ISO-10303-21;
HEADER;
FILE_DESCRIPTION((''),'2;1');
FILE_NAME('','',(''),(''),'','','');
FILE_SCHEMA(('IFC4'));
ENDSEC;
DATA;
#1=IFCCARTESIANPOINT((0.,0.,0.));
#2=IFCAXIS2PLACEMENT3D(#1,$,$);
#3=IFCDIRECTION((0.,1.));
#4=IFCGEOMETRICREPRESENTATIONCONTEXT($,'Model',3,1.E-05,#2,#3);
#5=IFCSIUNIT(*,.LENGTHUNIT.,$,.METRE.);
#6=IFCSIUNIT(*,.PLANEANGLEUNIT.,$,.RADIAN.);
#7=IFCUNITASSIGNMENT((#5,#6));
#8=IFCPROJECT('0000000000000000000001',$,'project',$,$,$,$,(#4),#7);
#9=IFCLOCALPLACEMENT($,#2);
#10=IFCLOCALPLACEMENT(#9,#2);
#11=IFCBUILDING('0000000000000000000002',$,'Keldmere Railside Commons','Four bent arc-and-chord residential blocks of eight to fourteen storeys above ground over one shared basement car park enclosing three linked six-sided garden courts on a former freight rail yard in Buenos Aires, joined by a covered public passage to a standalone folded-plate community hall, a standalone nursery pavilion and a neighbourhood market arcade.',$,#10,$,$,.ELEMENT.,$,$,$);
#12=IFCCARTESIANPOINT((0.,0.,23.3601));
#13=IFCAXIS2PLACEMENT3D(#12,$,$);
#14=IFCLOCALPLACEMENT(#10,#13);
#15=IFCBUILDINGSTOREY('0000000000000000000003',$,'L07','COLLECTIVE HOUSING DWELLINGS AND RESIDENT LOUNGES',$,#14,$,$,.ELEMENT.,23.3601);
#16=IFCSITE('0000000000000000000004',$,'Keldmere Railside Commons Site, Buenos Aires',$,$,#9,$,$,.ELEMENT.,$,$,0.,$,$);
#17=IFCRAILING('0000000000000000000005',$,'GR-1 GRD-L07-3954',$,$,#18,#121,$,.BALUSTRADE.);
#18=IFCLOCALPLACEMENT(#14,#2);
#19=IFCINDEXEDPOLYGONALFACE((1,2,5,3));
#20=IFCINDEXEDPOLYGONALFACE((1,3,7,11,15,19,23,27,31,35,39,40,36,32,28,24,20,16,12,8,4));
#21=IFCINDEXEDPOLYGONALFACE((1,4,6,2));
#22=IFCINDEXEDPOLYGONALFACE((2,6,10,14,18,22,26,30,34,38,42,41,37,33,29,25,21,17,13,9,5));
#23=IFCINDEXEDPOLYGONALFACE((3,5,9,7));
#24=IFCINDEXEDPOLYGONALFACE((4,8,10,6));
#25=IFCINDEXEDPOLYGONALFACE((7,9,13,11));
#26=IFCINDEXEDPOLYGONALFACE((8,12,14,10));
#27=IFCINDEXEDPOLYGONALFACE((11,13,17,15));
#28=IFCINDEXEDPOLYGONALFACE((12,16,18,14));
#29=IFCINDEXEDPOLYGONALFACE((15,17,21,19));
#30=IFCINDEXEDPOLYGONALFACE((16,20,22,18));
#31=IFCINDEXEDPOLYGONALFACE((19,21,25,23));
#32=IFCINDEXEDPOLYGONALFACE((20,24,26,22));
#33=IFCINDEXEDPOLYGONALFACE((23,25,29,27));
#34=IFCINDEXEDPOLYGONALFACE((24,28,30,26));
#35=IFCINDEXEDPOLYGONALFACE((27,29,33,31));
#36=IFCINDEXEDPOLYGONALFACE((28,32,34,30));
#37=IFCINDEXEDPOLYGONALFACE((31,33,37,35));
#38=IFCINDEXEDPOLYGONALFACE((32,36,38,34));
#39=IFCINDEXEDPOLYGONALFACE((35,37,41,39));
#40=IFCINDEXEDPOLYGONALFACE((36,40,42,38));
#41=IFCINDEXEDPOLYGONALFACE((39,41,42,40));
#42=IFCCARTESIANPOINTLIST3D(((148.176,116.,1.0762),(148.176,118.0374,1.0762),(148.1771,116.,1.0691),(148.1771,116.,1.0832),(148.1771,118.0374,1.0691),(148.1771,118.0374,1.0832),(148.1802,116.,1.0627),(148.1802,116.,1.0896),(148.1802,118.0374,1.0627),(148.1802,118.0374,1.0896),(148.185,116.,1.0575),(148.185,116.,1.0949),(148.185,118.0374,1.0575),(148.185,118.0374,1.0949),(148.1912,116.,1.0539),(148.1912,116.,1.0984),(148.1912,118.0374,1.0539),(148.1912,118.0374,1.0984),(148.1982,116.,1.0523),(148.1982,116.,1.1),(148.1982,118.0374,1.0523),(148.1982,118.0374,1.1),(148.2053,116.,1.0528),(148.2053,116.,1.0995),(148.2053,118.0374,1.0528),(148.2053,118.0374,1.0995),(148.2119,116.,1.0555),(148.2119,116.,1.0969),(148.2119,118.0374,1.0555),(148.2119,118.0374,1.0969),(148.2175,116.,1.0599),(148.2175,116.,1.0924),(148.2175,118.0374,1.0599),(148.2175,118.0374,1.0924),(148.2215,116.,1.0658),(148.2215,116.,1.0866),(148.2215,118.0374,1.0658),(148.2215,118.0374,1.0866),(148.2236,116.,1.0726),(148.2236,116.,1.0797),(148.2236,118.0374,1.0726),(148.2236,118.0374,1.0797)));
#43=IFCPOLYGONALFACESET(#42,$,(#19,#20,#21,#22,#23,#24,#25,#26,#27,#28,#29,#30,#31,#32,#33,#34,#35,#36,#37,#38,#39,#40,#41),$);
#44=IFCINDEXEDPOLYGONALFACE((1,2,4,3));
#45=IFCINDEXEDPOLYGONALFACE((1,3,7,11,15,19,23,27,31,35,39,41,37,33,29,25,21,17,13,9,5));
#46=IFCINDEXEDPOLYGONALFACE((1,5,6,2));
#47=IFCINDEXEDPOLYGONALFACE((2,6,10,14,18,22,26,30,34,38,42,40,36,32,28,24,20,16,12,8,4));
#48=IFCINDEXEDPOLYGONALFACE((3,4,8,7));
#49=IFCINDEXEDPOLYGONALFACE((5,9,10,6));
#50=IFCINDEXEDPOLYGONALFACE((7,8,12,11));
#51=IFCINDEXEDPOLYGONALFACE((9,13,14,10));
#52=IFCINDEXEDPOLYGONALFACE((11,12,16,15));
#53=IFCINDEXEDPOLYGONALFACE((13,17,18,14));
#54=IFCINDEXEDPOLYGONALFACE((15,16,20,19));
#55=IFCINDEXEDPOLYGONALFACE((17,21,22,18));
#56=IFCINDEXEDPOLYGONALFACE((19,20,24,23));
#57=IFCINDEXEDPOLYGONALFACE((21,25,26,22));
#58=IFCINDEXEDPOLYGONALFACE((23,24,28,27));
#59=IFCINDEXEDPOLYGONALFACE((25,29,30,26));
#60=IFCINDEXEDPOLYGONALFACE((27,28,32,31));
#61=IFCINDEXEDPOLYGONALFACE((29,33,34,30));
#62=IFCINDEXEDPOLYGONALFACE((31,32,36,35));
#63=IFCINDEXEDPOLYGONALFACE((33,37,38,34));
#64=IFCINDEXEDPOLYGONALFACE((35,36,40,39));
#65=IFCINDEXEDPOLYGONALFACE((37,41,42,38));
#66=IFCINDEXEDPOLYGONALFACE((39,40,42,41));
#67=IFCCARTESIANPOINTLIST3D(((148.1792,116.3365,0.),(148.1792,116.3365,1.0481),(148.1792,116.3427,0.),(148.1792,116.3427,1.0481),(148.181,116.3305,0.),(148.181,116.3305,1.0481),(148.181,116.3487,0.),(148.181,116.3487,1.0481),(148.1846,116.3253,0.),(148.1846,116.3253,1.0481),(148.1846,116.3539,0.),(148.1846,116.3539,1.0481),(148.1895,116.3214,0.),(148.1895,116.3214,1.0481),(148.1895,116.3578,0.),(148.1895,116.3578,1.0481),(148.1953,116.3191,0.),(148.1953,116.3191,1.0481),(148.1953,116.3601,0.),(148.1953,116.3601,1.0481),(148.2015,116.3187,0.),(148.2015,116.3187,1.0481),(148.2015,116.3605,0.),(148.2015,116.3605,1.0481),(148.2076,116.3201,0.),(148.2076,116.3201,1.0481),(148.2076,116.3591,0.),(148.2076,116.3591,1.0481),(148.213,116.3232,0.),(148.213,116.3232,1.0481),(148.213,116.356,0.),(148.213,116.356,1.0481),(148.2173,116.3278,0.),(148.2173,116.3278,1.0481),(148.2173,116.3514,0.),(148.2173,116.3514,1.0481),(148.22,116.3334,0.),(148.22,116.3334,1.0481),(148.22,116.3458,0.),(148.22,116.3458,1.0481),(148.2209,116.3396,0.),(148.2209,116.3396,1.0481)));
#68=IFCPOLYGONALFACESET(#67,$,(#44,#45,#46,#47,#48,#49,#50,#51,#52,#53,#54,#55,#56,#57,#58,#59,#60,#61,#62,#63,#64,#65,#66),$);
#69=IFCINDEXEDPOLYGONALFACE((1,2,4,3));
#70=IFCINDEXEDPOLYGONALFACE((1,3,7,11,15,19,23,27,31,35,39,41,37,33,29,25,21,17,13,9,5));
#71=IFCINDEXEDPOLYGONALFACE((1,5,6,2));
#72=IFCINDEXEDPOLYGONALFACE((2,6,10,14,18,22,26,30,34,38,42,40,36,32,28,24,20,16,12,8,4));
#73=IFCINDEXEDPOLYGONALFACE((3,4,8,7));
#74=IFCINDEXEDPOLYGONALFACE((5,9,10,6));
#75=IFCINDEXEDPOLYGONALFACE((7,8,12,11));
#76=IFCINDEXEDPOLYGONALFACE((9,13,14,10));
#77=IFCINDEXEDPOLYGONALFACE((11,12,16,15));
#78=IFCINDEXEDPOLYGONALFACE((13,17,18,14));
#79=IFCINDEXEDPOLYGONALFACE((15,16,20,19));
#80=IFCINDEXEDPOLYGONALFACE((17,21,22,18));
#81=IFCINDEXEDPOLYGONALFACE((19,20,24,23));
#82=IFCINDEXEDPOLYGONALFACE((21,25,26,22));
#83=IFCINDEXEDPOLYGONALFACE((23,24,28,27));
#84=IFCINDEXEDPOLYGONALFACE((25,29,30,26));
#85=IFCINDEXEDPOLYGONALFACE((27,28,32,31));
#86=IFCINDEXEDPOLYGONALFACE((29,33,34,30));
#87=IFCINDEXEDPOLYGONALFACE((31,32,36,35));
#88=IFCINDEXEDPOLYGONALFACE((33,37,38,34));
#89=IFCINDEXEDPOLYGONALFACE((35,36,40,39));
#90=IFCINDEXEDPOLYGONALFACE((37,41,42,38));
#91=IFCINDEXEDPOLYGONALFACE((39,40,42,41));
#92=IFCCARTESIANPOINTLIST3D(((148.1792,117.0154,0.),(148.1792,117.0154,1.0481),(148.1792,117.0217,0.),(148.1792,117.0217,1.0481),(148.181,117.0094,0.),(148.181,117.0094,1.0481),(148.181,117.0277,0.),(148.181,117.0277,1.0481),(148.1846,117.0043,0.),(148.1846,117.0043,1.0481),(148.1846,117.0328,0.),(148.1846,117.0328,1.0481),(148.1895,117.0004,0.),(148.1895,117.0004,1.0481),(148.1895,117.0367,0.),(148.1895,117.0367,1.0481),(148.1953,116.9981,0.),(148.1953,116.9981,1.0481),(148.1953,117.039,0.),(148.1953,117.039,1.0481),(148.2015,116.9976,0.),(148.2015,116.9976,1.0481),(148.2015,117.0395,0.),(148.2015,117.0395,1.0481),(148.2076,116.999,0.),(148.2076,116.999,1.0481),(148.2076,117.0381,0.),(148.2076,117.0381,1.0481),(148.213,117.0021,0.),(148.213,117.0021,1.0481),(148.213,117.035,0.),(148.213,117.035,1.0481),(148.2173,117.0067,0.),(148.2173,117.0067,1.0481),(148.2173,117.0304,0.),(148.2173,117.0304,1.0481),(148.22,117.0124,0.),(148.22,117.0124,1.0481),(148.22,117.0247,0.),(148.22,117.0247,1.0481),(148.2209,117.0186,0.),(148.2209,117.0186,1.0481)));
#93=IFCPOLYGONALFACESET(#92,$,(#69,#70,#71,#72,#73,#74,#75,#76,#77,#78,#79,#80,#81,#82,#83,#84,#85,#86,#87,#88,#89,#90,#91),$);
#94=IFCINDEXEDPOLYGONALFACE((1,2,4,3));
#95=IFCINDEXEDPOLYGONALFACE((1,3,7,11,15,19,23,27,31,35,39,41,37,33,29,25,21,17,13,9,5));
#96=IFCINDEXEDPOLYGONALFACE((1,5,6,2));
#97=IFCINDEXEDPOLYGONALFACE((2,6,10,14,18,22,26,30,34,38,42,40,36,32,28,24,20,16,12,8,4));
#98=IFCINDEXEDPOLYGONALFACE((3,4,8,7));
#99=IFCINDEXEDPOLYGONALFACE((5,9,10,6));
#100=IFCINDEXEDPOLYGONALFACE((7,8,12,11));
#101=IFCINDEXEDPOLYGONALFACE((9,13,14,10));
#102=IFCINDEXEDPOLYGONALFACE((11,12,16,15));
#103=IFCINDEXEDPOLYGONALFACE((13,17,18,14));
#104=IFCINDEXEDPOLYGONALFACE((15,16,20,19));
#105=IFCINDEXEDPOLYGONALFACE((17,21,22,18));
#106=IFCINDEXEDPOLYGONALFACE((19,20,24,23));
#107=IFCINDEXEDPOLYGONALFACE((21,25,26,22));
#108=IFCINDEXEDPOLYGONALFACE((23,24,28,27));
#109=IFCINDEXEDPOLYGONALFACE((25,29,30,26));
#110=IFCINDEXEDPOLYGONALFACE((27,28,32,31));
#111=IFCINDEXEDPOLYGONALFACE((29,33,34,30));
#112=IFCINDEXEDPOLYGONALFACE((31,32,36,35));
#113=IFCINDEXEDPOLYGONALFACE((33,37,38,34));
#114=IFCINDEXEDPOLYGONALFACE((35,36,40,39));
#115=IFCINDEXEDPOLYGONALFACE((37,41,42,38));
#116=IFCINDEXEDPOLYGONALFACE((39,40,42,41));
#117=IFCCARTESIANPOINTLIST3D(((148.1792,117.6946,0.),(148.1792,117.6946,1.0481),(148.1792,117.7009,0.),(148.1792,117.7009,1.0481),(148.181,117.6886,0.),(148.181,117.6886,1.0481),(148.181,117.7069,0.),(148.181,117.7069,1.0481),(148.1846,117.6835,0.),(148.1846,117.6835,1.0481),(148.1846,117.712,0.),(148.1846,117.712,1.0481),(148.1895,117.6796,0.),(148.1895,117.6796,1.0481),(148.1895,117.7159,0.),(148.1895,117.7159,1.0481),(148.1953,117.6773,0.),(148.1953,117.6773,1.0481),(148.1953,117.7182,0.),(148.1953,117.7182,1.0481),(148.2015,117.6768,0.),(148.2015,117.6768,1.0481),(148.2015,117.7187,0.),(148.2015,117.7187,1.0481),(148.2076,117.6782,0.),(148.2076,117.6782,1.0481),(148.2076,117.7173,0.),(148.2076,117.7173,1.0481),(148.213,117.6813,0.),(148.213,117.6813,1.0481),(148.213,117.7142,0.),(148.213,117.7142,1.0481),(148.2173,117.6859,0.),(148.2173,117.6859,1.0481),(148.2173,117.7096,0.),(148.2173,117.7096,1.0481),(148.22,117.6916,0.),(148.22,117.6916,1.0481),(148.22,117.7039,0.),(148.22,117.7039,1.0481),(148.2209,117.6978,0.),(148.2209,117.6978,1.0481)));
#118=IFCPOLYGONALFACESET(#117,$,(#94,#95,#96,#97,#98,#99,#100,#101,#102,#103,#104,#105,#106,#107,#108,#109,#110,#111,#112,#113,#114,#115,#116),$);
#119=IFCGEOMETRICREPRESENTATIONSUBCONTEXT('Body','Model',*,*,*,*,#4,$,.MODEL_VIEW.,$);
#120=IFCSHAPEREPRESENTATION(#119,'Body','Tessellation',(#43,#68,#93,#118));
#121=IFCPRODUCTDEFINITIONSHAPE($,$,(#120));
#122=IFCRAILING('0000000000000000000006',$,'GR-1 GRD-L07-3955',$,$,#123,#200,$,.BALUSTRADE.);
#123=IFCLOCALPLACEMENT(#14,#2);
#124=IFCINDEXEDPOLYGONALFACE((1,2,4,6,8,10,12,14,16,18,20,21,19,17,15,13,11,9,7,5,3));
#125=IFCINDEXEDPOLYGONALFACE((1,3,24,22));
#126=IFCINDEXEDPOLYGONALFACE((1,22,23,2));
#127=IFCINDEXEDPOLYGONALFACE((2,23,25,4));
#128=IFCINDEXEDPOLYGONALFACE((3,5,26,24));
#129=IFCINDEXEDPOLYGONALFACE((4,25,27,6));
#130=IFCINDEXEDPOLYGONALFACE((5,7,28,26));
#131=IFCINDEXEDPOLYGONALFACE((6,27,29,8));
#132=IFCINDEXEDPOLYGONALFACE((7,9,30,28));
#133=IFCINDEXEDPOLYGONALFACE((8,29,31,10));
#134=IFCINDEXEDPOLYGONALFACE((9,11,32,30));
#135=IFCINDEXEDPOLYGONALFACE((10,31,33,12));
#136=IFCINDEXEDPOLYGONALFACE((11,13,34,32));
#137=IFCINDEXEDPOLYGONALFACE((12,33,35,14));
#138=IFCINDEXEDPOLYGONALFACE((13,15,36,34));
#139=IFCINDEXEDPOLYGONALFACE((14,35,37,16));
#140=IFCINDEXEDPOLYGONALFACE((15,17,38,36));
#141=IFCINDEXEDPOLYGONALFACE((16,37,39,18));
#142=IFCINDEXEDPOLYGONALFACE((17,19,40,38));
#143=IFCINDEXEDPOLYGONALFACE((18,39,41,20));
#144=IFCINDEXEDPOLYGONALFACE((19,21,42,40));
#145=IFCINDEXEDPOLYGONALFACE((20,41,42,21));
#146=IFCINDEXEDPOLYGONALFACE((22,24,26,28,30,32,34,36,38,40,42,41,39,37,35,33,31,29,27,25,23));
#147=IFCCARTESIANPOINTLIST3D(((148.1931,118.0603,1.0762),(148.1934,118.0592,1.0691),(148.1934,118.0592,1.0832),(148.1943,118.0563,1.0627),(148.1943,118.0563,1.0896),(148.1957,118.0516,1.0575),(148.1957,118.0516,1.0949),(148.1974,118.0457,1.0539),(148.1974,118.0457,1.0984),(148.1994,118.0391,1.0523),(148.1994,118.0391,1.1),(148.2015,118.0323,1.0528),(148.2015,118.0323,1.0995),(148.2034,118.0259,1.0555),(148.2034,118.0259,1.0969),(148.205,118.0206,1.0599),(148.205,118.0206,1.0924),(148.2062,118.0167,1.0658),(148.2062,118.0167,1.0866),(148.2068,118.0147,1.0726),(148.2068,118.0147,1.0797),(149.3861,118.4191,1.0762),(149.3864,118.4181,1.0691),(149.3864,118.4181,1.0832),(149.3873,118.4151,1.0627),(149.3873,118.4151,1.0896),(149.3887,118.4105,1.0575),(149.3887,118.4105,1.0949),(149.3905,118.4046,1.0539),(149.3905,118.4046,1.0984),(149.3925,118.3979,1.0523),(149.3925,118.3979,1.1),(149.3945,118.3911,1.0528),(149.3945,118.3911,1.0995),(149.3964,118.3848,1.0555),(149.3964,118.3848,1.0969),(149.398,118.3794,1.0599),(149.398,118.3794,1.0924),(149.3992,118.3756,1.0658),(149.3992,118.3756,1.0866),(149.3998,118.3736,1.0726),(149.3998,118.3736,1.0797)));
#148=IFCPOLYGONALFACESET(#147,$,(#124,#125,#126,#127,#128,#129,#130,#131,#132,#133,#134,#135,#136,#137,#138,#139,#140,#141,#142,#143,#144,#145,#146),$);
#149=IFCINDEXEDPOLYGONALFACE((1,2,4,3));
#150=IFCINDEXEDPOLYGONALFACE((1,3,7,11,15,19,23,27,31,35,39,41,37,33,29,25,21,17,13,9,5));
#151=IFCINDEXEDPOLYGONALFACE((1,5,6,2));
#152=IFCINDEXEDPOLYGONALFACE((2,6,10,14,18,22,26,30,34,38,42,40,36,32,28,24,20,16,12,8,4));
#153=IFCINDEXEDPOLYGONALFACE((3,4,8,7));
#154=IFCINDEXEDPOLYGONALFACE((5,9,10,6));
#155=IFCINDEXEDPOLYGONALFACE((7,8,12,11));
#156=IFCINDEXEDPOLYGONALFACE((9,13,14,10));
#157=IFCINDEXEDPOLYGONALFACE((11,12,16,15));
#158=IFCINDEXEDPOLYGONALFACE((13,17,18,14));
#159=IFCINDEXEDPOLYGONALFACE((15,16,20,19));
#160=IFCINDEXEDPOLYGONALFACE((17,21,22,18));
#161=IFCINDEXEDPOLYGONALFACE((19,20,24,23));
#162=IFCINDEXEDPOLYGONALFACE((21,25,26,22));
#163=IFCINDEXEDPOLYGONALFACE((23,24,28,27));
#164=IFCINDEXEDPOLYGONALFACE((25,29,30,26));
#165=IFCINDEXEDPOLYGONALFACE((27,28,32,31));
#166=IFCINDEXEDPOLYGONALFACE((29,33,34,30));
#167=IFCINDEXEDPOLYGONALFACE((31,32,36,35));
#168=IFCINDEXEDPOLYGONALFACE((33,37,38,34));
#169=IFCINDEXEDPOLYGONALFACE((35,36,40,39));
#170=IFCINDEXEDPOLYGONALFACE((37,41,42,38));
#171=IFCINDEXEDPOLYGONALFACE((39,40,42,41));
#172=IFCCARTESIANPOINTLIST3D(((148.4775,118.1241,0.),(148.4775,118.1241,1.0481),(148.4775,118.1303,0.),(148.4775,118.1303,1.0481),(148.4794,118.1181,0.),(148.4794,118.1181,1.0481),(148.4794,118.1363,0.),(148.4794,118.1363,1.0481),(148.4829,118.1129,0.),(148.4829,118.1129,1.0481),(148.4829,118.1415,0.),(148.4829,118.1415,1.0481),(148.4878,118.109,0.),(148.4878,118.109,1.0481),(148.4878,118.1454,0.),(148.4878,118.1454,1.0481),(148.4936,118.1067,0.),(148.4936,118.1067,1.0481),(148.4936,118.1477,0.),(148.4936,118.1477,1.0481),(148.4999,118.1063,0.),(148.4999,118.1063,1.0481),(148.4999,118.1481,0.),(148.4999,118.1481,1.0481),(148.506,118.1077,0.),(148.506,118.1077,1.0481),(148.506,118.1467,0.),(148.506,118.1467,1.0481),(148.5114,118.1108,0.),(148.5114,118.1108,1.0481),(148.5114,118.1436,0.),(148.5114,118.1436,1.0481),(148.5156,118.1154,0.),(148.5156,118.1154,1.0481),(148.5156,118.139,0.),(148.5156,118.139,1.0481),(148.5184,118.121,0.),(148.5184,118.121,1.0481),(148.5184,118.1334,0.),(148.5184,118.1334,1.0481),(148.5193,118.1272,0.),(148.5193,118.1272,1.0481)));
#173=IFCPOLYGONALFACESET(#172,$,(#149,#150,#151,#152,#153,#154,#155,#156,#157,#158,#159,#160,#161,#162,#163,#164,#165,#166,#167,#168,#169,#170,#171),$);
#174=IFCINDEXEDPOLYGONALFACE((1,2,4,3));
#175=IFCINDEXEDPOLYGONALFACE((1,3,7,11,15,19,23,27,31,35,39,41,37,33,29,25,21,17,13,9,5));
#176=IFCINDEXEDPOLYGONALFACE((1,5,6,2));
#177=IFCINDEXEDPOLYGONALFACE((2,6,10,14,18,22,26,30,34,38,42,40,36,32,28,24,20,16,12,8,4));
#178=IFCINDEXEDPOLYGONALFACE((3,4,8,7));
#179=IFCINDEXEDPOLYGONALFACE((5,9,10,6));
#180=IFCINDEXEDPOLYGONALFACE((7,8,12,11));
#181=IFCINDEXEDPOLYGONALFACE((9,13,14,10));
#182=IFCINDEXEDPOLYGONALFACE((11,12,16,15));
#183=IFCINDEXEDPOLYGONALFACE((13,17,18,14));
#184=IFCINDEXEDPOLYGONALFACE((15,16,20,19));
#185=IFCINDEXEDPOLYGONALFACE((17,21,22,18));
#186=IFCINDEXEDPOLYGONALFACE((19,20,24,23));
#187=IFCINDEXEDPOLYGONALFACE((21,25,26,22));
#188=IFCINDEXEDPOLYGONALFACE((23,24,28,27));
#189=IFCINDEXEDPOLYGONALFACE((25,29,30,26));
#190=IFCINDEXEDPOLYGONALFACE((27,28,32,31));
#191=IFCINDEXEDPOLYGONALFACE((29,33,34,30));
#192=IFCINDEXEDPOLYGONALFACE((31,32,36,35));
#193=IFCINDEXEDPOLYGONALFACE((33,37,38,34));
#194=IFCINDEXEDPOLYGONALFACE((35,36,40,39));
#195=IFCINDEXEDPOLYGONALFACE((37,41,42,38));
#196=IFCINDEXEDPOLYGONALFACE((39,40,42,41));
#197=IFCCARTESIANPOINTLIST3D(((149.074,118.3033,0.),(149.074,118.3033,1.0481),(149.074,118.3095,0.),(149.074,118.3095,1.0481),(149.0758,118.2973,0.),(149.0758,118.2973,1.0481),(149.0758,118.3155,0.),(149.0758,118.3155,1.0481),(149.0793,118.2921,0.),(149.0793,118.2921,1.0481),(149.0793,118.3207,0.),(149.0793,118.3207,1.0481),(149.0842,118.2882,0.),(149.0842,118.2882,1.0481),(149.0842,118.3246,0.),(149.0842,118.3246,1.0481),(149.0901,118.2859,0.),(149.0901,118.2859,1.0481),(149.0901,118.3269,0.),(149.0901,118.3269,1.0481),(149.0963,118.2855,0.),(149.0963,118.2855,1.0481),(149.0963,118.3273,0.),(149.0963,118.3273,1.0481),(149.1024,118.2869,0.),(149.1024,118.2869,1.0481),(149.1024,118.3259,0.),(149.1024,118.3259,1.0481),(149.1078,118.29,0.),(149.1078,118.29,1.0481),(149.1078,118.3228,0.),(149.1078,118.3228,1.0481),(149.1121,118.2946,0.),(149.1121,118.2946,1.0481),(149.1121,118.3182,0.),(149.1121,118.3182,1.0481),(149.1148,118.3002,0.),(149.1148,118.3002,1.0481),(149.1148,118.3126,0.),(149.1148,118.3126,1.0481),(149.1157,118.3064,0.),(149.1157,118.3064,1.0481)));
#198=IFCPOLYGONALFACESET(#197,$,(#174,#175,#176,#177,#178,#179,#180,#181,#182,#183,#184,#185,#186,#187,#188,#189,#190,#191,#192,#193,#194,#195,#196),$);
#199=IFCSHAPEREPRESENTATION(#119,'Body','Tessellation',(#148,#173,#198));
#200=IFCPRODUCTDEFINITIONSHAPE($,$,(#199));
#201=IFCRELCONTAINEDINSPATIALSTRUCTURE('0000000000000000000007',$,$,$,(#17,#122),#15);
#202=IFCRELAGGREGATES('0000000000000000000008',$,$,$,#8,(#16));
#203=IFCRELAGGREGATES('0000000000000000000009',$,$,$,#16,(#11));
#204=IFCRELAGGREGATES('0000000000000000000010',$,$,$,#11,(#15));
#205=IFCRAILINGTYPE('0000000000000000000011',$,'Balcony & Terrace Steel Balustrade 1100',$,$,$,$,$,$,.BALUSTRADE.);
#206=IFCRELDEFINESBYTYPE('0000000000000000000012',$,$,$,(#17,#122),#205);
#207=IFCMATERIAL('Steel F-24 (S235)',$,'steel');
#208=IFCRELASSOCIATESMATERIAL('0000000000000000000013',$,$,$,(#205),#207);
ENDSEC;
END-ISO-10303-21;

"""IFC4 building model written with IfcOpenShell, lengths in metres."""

from ifc_helpers import new_model, si_unit, direction, frame, origin, origin_2d, place, context, subcontext, project, spatial, circle, extrude, material, type_object, element, save


model = new_model("IFC4")

# Units and contexts
model_context = context("Model", 3, precision=1e-05, world=origin(), true_north=direction((0.0, 1.0)))
body_context = subcontext(model_context, "Body", "Model", "MODEL_VIEW")
ifc_project = project(units=[si_unit("LENGTHUNIT", "METRE"), si_unit("PLANEANGLEUNIT", "RADIAN")], contexts=[model_context])

# Site, building, storey
site_placement = place(None, origin())
site = spatial("IfcSite", under=ifc_project, at=site_placement, Name="Keldmere Railside Commons Site, Buenos Aires", CompositionType="ELEMENT", RefElevation=0.0)
building_placement = place(site_placement, origin())
building = spatial("IfcBuilding", under=site, at=building_placement, Name="Keldmere Railside Commons", Description="Four bent arc-and-chord residential blocks of eight to fourteen storeys above ground over one shared basement car park enclosing three linked six-sided garden courts on a former freight rail yard in Buenos Aires, joined by a covered public passage to a standalone folded-plate community hall, a standalone nursery pavilion and a neighbourhood market arcade.", CompositionType="ELEMENT")
storey_placement = place(building_placement, frame((0.0, 0.0, 23.3601)))
storey = spatial("IfcBuildingStorey", under=building, at=storey_placement, Name="L07", Description="COLLECTIVE HOUSING DWELLINGS AND RESIDENT LOUNGES", CompositionType="ELEMENT", Elevation=23.3601)

# Shared definitions
ifc_material_1 = material(Name="Steel F-24 (S235)", Category="steel")

# Railings
railing_type = type_object("IfcRailingType", Name="Balcony & Terrace Steel Balustrade 1100", PredefinedType="BALUSTRADE", material=ifc_material_1)
railing_1_placement = place(storey_placement, frame((148.2, 116.0, 0.0)))
element("IfcRailing", 1, at=railing_1_placement, inside=storey, type_object=railing_type, Name="GR-1 GRD-L07-3954", PredefinedType="BALUSTRADE", context=body_context, shape_type="SweptSolid", body=[
    extrude(circle(Radius=0.0239, at=origin_2d()), frame((0.0, 0.0, 1.0762), z_axis=(0.0, 1.0, 0.0), x_axis=(-1.0, 0.0, 0.0)), (0.0, 0.0, 1.0), 2.0374),
    extrude(circle(Radius=0.021, at=origin_2d()), frame((0.0, 0.3396, 0.0)), (0.0, 0.0, 1.0), 1.0481),
    extrude(circle(Radius=0.021, at=origin_2d()), frame((0.0, 1.0186, 0.0)), (0.0, 0.0, 1.0), 1.0481),
    extrude(circle(Radius=0.021, at=origin_2d()), frame((0.0, 1.6978, 0.0)), (0.0, 0.0, 1.0), 1.0481),
])
railing_2_placement = place(storey_placement, frame((148.2, 118.0374, 0.0)))
element("IfcRailing", 2, at=railing_2_placement, inside=storey, type_object=railing_type, Name="GR-1 GRD-L07-3955", PredefinedType="BALUSTRADE", context=body_context, shape_type="SweptSolid", body=[
    extrude(circle(Radius=0.0239, at=origin_2d()), frame((0.0, 0.0, 1.0762), z_axis=(0.957616, 0.288049, 0.0), x_axis=(-0.288049, 0.957616, 0.0)), (0.0, 0.0, 1.0), 1.2458),
    extrude(circle(Radius=0.021, at=origin_2d()), frame((0.2983, 0.0898, 0.0)), (0.0, 0.0, 1.0), 1.0481),
    extrude(circle(Radius=0.021, at=origin_2d()), frame((0.8948, 0.269, 0.0)), (0.0, 0.0, 1.0), 1.0481),
])

save(model, "model.ifc")
